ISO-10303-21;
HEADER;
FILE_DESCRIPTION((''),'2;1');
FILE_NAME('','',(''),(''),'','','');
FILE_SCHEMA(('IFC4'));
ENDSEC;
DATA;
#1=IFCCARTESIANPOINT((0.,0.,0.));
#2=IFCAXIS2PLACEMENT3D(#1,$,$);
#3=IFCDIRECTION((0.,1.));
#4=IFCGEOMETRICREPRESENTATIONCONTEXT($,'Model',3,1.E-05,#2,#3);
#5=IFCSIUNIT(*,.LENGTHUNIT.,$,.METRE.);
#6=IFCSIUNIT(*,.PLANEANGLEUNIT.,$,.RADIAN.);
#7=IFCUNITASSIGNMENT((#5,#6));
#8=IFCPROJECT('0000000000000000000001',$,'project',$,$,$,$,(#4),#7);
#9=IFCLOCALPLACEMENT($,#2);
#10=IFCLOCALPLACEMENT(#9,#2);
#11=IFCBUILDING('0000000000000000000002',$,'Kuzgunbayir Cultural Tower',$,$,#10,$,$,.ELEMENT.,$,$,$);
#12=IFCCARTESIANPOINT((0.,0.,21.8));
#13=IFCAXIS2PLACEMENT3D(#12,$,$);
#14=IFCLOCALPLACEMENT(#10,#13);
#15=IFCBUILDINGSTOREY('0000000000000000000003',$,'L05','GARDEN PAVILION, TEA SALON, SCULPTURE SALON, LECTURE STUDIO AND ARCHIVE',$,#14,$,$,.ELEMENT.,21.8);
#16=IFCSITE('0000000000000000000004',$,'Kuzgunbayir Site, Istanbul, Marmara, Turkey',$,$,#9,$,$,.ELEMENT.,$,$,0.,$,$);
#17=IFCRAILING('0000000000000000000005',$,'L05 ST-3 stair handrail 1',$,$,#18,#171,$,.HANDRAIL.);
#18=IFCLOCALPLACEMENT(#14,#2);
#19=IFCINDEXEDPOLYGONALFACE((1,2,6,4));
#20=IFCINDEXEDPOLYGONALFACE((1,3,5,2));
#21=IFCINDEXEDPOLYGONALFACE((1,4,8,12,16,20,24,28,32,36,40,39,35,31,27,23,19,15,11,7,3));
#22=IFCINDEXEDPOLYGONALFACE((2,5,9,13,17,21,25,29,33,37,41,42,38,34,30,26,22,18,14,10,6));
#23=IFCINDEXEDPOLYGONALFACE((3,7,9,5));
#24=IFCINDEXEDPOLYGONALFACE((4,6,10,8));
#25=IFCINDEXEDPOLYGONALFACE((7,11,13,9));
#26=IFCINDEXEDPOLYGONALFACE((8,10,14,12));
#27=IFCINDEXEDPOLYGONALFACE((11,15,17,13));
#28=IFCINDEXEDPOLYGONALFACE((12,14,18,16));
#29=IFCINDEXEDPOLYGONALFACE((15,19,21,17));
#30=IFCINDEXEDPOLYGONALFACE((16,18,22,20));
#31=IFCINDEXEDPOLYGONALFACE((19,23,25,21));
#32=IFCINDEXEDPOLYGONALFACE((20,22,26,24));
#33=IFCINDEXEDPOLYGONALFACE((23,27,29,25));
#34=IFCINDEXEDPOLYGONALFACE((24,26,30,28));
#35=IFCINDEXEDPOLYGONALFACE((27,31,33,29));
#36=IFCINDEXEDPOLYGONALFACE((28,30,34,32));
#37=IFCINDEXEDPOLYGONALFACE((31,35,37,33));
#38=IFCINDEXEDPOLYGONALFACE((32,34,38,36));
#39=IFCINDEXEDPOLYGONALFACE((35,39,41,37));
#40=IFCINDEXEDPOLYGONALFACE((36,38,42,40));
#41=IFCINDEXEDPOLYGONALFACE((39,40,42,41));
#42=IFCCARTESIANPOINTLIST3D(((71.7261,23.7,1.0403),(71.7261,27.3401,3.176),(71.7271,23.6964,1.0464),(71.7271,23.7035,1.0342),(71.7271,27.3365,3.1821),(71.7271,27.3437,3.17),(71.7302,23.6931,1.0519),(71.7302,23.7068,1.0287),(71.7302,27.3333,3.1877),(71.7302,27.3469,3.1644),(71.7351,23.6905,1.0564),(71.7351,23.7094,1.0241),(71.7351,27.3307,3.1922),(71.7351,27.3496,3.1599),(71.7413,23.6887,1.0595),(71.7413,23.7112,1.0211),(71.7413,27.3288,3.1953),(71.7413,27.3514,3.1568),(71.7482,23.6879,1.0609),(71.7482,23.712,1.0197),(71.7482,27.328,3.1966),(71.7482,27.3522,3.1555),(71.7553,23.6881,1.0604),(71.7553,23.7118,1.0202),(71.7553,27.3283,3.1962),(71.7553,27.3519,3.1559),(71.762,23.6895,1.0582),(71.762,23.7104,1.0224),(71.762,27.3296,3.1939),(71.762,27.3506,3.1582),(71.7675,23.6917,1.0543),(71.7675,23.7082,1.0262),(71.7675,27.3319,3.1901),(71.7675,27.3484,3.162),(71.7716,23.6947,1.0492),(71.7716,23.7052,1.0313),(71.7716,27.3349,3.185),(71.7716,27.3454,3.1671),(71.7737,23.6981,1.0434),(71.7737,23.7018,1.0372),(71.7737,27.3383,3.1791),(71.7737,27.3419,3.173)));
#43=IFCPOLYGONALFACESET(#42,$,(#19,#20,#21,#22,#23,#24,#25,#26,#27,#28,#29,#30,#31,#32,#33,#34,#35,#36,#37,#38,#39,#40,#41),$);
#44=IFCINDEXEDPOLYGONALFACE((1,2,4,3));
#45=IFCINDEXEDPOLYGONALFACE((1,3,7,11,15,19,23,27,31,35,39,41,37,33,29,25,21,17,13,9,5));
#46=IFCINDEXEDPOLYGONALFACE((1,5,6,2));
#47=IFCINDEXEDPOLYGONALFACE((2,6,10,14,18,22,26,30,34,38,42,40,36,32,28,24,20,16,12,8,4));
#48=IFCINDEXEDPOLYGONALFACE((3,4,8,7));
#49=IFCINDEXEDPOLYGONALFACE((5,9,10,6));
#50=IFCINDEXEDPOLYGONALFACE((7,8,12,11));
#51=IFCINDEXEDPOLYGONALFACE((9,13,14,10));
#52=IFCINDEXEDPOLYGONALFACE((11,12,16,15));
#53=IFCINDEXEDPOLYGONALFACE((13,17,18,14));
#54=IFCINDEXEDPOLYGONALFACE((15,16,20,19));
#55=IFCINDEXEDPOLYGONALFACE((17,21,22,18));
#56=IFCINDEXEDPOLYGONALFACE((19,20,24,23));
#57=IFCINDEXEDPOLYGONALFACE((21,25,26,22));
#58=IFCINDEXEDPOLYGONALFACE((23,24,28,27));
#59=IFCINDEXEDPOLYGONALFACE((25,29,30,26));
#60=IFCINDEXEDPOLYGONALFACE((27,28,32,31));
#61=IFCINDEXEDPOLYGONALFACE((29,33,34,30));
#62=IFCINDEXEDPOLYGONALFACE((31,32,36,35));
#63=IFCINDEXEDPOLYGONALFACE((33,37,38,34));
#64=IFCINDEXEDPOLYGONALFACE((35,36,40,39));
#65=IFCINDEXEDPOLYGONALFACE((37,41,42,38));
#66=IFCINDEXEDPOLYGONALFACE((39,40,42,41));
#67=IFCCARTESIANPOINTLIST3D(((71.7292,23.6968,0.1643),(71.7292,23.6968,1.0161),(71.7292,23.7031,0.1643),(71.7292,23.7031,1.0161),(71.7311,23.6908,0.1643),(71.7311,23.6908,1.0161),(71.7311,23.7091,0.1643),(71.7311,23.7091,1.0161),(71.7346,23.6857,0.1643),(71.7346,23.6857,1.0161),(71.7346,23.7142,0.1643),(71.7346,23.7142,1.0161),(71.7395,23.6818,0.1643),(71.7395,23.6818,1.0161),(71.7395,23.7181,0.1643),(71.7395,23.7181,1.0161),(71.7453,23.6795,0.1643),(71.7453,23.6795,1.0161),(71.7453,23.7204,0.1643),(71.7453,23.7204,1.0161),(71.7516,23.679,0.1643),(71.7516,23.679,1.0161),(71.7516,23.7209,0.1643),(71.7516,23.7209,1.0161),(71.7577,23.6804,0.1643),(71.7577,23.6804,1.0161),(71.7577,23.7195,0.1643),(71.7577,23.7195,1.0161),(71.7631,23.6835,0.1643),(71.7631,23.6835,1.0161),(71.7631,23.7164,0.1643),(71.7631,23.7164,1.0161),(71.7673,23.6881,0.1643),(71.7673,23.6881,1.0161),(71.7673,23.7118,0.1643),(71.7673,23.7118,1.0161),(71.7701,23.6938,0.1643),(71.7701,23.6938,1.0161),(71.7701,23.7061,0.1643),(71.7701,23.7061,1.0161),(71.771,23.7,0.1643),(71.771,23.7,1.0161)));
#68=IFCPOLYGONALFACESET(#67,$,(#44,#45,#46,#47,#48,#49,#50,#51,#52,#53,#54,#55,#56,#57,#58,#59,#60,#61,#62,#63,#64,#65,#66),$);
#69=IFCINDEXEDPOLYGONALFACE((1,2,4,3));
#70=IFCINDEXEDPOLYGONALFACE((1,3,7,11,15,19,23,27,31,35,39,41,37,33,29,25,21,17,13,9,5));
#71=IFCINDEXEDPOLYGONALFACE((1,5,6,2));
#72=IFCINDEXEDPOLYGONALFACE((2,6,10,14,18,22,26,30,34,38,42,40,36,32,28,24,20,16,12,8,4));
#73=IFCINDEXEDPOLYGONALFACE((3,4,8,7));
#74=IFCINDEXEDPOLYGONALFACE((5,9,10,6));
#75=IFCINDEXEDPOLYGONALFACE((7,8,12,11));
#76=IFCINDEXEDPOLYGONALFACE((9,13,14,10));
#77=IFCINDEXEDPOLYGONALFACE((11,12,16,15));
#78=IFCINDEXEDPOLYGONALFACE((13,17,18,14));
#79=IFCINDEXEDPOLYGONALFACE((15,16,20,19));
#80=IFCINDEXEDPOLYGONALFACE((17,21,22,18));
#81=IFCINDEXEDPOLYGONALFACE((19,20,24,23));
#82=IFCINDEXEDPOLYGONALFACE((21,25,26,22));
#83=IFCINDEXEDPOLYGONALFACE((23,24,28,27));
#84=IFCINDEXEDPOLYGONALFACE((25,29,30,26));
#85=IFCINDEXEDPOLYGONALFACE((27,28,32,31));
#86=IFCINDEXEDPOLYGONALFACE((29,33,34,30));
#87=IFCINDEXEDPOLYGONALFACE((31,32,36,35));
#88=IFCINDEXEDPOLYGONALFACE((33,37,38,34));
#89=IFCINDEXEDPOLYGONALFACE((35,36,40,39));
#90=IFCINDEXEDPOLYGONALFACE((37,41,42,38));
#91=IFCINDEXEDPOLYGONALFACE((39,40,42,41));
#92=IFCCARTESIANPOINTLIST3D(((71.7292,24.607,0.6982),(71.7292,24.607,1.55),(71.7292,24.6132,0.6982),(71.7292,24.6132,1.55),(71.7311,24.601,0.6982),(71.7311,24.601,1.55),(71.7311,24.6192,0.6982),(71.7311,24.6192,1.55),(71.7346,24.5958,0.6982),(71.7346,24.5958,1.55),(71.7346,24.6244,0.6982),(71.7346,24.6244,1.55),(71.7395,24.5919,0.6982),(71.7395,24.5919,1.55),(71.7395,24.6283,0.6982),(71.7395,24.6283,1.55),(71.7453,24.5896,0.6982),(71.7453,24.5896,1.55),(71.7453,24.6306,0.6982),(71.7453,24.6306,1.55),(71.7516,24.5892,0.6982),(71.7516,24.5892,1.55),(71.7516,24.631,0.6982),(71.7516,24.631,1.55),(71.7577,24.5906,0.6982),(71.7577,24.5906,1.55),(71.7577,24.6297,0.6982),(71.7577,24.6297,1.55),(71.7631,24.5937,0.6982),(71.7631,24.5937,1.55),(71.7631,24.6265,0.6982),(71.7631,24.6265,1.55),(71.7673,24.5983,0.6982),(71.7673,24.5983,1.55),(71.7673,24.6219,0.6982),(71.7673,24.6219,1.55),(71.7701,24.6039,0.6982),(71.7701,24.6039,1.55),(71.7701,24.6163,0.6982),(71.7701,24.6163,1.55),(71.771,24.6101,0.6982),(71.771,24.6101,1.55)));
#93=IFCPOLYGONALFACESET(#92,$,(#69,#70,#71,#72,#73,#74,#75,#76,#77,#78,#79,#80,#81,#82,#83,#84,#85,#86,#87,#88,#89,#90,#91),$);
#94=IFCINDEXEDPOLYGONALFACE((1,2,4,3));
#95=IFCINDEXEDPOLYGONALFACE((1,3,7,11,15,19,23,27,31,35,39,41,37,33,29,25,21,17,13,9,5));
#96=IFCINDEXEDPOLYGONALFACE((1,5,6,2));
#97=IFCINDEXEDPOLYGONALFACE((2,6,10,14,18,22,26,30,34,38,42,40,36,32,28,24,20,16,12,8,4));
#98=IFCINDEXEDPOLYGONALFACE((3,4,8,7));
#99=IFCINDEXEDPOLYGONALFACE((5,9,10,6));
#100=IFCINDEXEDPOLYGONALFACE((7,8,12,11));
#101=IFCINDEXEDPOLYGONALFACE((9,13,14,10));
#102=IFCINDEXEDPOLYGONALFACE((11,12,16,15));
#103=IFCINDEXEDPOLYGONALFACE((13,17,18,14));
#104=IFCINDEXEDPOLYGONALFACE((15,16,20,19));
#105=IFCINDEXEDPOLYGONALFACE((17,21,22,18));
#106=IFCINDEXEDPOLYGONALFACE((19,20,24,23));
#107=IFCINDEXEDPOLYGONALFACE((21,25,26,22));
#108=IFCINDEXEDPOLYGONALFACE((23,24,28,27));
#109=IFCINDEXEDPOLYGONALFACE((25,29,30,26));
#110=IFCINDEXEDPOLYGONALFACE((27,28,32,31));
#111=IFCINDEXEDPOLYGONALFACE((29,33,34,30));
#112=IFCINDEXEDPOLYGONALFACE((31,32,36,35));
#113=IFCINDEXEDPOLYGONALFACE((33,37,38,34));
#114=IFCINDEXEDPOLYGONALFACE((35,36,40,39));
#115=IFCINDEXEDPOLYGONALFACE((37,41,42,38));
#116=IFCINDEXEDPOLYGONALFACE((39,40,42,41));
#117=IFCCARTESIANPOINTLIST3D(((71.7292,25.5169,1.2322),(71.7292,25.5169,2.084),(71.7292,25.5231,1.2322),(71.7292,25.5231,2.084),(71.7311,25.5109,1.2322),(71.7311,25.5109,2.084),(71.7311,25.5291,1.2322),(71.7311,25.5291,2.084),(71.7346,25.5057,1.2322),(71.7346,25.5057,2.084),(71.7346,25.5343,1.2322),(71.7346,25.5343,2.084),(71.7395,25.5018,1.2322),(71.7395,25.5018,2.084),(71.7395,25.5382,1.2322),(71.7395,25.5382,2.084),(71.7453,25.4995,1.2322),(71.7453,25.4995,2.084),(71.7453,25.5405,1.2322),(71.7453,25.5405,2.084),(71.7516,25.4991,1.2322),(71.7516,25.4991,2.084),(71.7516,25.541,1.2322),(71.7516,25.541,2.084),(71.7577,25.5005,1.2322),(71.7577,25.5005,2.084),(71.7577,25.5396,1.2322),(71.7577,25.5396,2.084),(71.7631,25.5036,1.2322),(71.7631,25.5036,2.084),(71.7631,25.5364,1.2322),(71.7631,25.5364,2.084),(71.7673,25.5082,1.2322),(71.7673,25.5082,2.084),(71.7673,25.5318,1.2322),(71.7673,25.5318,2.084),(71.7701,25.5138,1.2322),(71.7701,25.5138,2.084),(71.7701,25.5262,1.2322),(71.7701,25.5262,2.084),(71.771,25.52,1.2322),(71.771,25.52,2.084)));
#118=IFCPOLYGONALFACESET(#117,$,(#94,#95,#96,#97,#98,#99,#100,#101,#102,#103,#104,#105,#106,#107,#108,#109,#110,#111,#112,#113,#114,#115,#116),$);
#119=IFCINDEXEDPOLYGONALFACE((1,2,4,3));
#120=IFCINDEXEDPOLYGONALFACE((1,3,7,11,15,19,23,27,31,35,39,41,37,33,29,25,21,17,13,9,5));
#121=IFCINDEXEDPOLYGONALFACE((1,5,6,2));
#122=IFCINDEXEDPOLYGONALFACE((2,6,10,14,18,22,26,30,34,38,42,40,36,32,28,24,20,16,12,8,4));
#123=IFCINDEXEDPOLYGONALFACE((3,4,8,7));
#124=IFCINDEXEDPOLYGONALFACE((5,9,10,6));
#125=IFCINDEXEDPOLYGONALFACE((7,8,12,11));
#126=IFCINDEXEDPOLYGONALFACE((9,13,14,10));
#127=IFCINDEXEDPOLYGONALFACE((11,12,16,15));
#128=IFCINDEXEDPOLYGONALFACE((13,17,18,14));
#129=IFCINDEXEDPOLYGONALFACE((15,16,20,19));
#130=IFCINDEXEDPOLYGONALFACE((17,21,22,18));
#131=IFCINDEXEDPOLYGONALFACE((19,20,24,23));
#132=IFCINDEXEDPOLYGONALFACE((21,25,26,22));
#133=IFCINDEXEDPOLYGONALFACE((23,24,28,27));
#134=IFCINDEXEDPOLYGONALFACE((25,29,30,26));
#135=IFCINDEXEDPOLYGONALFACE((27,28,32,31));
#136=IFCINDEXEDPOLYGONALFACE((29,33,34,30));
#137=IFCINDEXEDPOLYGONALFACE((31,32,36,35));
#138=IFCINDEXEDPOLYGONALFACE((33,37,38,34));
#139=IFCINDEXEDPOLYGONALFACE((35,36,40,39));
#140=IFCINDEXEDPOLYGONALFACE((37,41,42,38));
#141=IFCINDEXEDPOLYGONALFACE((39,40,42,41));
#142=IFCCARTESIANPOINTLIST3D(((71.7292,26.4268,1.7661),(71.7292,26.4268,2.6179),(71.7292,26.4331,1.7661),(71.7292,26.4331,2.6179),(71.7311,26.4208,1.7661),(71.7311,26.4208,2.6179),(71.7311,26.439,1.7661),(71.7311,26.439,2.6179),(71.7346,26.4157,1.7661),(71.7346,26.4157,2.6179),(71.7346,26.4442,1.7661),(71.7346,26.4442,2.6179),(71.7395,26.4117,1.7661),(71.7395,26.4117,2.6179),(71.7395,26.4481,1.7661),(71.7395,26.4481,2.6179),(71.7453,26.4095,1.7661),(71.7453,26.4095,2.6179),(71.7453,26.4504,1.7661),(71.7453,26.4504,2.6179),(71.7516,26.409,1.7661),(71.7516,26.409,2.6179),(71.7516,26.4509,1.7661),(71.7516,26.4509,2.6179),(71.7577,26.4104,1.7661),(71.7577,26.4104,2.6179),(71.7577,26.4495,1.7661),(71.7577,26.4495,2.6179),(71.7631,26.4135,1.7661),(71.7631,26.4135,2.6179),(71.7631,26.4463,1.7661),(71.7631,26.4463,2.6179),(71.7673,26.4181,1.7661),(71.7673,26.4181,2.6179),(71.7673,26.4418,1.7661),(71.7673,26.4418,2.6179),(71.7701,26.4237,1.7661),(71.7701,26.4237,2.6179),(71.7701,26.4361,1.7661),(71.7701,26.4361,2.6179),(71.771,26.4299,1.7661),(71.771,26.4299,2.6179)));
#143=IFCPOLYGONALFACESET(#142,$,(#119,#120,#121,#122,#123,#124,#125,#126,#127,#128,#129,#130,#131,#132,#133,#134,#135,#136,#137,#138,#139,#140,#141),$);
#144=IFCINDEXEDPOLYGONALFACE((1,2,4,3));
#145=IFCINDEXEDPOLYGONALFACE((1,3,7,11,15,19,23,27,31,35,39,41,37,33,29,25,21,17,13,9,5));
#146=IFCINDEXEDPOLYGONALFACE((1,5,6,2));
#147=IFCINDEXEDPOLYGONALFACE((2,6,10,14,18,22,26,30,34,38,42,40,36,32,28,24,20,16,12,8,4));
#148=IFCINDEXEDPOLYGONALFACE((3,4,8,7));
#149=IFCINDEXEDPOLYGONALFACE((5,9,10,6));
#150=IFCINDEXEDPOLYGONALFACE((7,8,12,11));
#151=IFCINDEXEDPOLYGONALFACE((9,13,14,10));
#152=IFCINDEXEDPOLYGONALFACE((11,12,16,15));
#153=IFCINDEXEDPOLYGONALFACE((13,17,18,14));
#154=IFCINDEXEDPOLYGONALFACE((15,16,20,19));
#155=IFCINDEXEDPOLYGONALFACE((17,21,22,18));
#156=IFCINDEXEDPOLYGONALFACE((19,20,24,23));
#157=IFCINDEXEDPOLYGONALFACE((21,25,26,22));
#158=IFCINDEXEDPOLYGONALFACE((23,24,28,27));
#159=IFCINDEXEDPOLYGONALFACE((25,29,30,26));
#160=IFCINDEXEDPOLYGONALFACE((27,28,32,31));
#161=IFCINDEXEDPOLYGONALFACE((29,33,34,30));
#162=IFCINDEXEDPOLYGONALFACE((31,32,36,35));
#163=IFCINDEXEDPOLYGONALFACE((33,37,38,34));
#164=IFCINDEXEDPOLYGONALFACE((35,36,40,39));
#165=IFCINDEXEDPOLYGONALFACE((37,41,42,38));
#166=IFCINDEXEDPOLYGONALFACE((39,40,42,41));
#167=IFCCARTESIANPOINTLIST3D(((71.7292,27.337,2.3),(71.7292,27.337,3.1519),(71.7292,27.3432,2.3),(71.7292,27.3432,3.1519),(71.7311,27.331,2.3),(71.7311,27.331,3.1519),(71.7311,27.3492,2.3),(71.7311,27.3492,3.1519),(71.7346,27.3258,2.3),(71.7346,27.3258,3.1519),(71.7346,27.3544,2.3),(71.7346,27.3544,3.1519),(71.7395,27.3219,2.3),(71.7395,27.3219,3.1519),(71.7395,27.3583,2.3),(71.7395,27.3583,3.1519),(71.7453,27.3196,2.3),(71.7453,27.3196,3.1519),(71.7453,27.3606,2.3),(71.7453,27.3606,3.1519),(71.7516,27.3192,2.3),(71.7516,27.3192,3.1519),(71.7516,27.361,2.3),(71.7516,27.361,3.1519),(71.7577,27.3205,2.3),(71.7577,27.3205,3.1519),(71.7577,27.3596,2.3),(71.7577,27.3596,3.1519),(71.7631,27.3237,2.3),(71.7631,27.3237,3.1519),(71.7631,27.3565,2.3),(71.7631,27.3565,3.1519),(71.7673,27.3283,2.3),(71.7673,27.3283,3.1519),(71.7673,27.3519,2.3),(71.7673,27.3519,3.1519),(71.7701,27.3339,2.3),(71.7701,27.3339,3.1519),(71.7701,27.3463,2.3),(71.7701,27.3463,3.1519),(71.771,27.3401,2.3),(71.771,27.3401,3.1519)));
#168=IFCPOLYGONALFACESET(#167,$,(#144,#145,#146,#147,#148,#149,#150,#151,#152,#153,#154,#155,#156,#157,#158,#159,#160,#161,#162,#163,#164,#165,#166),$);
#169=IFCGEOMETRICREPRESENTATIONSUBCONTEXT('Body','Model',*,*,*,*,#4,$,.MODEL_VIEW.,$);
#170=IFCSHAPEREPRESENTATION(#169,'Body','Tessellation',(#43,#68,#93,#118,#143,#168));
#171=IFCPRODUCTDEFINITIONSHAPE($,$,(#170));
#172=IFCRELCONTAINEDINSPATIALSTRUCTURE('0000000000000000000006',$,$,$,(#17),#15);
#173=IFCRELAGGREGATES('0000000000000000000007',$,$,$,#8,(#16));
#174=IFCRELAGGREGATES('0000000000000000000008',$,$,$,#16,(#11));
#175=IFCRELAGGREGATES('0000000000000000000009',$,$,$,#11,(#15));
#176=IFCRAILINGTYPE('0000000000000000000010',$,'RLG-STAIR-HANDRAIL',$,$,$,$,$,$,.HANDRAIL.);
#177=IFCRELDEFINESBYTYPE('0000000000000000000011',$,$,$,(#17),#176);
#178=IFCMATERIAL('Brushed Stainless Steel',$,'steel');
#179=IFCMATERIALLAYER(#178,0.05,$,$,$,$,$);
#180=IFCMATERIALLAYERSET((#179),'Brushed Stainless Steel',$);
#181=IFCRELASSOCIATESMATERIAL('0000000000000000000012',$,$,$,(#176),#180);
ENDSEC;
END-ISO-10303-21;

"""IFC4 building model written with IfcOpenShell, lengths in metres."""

from ifc_helpers import new_model, si_unit, direction, frame, origin, origin_2d, place, context, subcontext, project, spatial, circle, extrude, material, layer, layer_set, type_object, element, save


model = new_model("IFC4")

# Units and contexts
model_context = context("Model", 3, precision=1e-05, world=origin(), true_north=direction((0.0, 1.0)))
body_context = subcontext(model_context, "Body", "Model", "MODEL_VIEW")
ifc_project = project(units=[si_unit("LENGTHUNIT", "METRE"), si_unit("PLANEANGLEUNIT", "RADIAN")], contexts=[model_context])

# Site, building, storey
site_placement = place(None, origin())
site = spatial("IfcSite", under=ifc_project, at=site_placement, Name="Kuzgunbayir Site, Istanbul, Marmara, Turkey", CompositionType="ELEMENT", RefElevation=0.0)
building_placement = place(site_placement, origin())
building = spatial("IfcBuilding", under=site, at=building_placement, Name="Kuzgunbayir Cultural Tower", CompositionType="ELEMENT")
storey_placement = place(building_placement, frame((0.0, 0.0, 21.8)))
storey = spatial("IfcBuildingStorey", under=building, at=storey_placement, Name="L05", Description="GARDEN PAVILION, TEA SALON, SCULPTURE SALON, LECTURE STUDIO AND ARCHIVE", CompositionType="ELEMENT", Elevation=21.8)

# Railing
ifc_material_1 = material(Name="Brushed Stainless Steel", Category="steel")
ifc_layer_1 = layer(ifc_material_1, 0.05)
ifc_layer_set_1 = layer_set([ifc_layer_1], Name="Brushed Stainless Steel")
railing_type_1 = type_object("IfcRailingType", Name="RLG-STAIR-HANDRAIL", PredefinedType="HANDRAIL", material=ifc_layer_set_1)
railing_1_placement = place(storey_placement, frame((71.75, 23.7, 0.1643)))
element("IfcRailing", 1, at=railing_1_placement, inside=storey, type_object=railing_type_1, Name="L05 ST-3 stair handrail 1", PredefinedType="HANDRAIL", context=body_context, shape_type="SweptSolid", body=[
    extrude(circle(Radius=0.0239, at=origin_2d()), frame((0.0, 0.0, 0.876), z_axis=(0.0, 0.862505, 0.506049), x_axis=(-1.0, 0.0, 0.0)), (0.0, 0.0, 1.0), 4.2205),
    extrude(circle(Radius=0.021, at=origin_2d()), origin(), (0.0, 0.0, 1.0), 0.8518),
    extrude(circle(Radius=0.021, at=origin_2d()), frame((0.0, 0.9102, 0.5339)), (0.0, 0.0, 1.0), 0.8518),
    extrude(circle(Radius=0.021, at=origin_2d()), frame((0.0, 1.8201, 1.0679)), (0.0, 0.0, 1.0), 0.8518),
    extrude(circle(Radius=0.021, at=origin_2d()), frame((0.0, 2.73, 1.6018)), (0.0, 0.0, 1.0), 0.8518),
    extrude(circle(Radius=0.021, at=origin_2d()), frame((0.0, 3.6401, 2.1357)), (0.0, 0.0, 1.0), 0.8518),
])

save(model, "model.ifc")
